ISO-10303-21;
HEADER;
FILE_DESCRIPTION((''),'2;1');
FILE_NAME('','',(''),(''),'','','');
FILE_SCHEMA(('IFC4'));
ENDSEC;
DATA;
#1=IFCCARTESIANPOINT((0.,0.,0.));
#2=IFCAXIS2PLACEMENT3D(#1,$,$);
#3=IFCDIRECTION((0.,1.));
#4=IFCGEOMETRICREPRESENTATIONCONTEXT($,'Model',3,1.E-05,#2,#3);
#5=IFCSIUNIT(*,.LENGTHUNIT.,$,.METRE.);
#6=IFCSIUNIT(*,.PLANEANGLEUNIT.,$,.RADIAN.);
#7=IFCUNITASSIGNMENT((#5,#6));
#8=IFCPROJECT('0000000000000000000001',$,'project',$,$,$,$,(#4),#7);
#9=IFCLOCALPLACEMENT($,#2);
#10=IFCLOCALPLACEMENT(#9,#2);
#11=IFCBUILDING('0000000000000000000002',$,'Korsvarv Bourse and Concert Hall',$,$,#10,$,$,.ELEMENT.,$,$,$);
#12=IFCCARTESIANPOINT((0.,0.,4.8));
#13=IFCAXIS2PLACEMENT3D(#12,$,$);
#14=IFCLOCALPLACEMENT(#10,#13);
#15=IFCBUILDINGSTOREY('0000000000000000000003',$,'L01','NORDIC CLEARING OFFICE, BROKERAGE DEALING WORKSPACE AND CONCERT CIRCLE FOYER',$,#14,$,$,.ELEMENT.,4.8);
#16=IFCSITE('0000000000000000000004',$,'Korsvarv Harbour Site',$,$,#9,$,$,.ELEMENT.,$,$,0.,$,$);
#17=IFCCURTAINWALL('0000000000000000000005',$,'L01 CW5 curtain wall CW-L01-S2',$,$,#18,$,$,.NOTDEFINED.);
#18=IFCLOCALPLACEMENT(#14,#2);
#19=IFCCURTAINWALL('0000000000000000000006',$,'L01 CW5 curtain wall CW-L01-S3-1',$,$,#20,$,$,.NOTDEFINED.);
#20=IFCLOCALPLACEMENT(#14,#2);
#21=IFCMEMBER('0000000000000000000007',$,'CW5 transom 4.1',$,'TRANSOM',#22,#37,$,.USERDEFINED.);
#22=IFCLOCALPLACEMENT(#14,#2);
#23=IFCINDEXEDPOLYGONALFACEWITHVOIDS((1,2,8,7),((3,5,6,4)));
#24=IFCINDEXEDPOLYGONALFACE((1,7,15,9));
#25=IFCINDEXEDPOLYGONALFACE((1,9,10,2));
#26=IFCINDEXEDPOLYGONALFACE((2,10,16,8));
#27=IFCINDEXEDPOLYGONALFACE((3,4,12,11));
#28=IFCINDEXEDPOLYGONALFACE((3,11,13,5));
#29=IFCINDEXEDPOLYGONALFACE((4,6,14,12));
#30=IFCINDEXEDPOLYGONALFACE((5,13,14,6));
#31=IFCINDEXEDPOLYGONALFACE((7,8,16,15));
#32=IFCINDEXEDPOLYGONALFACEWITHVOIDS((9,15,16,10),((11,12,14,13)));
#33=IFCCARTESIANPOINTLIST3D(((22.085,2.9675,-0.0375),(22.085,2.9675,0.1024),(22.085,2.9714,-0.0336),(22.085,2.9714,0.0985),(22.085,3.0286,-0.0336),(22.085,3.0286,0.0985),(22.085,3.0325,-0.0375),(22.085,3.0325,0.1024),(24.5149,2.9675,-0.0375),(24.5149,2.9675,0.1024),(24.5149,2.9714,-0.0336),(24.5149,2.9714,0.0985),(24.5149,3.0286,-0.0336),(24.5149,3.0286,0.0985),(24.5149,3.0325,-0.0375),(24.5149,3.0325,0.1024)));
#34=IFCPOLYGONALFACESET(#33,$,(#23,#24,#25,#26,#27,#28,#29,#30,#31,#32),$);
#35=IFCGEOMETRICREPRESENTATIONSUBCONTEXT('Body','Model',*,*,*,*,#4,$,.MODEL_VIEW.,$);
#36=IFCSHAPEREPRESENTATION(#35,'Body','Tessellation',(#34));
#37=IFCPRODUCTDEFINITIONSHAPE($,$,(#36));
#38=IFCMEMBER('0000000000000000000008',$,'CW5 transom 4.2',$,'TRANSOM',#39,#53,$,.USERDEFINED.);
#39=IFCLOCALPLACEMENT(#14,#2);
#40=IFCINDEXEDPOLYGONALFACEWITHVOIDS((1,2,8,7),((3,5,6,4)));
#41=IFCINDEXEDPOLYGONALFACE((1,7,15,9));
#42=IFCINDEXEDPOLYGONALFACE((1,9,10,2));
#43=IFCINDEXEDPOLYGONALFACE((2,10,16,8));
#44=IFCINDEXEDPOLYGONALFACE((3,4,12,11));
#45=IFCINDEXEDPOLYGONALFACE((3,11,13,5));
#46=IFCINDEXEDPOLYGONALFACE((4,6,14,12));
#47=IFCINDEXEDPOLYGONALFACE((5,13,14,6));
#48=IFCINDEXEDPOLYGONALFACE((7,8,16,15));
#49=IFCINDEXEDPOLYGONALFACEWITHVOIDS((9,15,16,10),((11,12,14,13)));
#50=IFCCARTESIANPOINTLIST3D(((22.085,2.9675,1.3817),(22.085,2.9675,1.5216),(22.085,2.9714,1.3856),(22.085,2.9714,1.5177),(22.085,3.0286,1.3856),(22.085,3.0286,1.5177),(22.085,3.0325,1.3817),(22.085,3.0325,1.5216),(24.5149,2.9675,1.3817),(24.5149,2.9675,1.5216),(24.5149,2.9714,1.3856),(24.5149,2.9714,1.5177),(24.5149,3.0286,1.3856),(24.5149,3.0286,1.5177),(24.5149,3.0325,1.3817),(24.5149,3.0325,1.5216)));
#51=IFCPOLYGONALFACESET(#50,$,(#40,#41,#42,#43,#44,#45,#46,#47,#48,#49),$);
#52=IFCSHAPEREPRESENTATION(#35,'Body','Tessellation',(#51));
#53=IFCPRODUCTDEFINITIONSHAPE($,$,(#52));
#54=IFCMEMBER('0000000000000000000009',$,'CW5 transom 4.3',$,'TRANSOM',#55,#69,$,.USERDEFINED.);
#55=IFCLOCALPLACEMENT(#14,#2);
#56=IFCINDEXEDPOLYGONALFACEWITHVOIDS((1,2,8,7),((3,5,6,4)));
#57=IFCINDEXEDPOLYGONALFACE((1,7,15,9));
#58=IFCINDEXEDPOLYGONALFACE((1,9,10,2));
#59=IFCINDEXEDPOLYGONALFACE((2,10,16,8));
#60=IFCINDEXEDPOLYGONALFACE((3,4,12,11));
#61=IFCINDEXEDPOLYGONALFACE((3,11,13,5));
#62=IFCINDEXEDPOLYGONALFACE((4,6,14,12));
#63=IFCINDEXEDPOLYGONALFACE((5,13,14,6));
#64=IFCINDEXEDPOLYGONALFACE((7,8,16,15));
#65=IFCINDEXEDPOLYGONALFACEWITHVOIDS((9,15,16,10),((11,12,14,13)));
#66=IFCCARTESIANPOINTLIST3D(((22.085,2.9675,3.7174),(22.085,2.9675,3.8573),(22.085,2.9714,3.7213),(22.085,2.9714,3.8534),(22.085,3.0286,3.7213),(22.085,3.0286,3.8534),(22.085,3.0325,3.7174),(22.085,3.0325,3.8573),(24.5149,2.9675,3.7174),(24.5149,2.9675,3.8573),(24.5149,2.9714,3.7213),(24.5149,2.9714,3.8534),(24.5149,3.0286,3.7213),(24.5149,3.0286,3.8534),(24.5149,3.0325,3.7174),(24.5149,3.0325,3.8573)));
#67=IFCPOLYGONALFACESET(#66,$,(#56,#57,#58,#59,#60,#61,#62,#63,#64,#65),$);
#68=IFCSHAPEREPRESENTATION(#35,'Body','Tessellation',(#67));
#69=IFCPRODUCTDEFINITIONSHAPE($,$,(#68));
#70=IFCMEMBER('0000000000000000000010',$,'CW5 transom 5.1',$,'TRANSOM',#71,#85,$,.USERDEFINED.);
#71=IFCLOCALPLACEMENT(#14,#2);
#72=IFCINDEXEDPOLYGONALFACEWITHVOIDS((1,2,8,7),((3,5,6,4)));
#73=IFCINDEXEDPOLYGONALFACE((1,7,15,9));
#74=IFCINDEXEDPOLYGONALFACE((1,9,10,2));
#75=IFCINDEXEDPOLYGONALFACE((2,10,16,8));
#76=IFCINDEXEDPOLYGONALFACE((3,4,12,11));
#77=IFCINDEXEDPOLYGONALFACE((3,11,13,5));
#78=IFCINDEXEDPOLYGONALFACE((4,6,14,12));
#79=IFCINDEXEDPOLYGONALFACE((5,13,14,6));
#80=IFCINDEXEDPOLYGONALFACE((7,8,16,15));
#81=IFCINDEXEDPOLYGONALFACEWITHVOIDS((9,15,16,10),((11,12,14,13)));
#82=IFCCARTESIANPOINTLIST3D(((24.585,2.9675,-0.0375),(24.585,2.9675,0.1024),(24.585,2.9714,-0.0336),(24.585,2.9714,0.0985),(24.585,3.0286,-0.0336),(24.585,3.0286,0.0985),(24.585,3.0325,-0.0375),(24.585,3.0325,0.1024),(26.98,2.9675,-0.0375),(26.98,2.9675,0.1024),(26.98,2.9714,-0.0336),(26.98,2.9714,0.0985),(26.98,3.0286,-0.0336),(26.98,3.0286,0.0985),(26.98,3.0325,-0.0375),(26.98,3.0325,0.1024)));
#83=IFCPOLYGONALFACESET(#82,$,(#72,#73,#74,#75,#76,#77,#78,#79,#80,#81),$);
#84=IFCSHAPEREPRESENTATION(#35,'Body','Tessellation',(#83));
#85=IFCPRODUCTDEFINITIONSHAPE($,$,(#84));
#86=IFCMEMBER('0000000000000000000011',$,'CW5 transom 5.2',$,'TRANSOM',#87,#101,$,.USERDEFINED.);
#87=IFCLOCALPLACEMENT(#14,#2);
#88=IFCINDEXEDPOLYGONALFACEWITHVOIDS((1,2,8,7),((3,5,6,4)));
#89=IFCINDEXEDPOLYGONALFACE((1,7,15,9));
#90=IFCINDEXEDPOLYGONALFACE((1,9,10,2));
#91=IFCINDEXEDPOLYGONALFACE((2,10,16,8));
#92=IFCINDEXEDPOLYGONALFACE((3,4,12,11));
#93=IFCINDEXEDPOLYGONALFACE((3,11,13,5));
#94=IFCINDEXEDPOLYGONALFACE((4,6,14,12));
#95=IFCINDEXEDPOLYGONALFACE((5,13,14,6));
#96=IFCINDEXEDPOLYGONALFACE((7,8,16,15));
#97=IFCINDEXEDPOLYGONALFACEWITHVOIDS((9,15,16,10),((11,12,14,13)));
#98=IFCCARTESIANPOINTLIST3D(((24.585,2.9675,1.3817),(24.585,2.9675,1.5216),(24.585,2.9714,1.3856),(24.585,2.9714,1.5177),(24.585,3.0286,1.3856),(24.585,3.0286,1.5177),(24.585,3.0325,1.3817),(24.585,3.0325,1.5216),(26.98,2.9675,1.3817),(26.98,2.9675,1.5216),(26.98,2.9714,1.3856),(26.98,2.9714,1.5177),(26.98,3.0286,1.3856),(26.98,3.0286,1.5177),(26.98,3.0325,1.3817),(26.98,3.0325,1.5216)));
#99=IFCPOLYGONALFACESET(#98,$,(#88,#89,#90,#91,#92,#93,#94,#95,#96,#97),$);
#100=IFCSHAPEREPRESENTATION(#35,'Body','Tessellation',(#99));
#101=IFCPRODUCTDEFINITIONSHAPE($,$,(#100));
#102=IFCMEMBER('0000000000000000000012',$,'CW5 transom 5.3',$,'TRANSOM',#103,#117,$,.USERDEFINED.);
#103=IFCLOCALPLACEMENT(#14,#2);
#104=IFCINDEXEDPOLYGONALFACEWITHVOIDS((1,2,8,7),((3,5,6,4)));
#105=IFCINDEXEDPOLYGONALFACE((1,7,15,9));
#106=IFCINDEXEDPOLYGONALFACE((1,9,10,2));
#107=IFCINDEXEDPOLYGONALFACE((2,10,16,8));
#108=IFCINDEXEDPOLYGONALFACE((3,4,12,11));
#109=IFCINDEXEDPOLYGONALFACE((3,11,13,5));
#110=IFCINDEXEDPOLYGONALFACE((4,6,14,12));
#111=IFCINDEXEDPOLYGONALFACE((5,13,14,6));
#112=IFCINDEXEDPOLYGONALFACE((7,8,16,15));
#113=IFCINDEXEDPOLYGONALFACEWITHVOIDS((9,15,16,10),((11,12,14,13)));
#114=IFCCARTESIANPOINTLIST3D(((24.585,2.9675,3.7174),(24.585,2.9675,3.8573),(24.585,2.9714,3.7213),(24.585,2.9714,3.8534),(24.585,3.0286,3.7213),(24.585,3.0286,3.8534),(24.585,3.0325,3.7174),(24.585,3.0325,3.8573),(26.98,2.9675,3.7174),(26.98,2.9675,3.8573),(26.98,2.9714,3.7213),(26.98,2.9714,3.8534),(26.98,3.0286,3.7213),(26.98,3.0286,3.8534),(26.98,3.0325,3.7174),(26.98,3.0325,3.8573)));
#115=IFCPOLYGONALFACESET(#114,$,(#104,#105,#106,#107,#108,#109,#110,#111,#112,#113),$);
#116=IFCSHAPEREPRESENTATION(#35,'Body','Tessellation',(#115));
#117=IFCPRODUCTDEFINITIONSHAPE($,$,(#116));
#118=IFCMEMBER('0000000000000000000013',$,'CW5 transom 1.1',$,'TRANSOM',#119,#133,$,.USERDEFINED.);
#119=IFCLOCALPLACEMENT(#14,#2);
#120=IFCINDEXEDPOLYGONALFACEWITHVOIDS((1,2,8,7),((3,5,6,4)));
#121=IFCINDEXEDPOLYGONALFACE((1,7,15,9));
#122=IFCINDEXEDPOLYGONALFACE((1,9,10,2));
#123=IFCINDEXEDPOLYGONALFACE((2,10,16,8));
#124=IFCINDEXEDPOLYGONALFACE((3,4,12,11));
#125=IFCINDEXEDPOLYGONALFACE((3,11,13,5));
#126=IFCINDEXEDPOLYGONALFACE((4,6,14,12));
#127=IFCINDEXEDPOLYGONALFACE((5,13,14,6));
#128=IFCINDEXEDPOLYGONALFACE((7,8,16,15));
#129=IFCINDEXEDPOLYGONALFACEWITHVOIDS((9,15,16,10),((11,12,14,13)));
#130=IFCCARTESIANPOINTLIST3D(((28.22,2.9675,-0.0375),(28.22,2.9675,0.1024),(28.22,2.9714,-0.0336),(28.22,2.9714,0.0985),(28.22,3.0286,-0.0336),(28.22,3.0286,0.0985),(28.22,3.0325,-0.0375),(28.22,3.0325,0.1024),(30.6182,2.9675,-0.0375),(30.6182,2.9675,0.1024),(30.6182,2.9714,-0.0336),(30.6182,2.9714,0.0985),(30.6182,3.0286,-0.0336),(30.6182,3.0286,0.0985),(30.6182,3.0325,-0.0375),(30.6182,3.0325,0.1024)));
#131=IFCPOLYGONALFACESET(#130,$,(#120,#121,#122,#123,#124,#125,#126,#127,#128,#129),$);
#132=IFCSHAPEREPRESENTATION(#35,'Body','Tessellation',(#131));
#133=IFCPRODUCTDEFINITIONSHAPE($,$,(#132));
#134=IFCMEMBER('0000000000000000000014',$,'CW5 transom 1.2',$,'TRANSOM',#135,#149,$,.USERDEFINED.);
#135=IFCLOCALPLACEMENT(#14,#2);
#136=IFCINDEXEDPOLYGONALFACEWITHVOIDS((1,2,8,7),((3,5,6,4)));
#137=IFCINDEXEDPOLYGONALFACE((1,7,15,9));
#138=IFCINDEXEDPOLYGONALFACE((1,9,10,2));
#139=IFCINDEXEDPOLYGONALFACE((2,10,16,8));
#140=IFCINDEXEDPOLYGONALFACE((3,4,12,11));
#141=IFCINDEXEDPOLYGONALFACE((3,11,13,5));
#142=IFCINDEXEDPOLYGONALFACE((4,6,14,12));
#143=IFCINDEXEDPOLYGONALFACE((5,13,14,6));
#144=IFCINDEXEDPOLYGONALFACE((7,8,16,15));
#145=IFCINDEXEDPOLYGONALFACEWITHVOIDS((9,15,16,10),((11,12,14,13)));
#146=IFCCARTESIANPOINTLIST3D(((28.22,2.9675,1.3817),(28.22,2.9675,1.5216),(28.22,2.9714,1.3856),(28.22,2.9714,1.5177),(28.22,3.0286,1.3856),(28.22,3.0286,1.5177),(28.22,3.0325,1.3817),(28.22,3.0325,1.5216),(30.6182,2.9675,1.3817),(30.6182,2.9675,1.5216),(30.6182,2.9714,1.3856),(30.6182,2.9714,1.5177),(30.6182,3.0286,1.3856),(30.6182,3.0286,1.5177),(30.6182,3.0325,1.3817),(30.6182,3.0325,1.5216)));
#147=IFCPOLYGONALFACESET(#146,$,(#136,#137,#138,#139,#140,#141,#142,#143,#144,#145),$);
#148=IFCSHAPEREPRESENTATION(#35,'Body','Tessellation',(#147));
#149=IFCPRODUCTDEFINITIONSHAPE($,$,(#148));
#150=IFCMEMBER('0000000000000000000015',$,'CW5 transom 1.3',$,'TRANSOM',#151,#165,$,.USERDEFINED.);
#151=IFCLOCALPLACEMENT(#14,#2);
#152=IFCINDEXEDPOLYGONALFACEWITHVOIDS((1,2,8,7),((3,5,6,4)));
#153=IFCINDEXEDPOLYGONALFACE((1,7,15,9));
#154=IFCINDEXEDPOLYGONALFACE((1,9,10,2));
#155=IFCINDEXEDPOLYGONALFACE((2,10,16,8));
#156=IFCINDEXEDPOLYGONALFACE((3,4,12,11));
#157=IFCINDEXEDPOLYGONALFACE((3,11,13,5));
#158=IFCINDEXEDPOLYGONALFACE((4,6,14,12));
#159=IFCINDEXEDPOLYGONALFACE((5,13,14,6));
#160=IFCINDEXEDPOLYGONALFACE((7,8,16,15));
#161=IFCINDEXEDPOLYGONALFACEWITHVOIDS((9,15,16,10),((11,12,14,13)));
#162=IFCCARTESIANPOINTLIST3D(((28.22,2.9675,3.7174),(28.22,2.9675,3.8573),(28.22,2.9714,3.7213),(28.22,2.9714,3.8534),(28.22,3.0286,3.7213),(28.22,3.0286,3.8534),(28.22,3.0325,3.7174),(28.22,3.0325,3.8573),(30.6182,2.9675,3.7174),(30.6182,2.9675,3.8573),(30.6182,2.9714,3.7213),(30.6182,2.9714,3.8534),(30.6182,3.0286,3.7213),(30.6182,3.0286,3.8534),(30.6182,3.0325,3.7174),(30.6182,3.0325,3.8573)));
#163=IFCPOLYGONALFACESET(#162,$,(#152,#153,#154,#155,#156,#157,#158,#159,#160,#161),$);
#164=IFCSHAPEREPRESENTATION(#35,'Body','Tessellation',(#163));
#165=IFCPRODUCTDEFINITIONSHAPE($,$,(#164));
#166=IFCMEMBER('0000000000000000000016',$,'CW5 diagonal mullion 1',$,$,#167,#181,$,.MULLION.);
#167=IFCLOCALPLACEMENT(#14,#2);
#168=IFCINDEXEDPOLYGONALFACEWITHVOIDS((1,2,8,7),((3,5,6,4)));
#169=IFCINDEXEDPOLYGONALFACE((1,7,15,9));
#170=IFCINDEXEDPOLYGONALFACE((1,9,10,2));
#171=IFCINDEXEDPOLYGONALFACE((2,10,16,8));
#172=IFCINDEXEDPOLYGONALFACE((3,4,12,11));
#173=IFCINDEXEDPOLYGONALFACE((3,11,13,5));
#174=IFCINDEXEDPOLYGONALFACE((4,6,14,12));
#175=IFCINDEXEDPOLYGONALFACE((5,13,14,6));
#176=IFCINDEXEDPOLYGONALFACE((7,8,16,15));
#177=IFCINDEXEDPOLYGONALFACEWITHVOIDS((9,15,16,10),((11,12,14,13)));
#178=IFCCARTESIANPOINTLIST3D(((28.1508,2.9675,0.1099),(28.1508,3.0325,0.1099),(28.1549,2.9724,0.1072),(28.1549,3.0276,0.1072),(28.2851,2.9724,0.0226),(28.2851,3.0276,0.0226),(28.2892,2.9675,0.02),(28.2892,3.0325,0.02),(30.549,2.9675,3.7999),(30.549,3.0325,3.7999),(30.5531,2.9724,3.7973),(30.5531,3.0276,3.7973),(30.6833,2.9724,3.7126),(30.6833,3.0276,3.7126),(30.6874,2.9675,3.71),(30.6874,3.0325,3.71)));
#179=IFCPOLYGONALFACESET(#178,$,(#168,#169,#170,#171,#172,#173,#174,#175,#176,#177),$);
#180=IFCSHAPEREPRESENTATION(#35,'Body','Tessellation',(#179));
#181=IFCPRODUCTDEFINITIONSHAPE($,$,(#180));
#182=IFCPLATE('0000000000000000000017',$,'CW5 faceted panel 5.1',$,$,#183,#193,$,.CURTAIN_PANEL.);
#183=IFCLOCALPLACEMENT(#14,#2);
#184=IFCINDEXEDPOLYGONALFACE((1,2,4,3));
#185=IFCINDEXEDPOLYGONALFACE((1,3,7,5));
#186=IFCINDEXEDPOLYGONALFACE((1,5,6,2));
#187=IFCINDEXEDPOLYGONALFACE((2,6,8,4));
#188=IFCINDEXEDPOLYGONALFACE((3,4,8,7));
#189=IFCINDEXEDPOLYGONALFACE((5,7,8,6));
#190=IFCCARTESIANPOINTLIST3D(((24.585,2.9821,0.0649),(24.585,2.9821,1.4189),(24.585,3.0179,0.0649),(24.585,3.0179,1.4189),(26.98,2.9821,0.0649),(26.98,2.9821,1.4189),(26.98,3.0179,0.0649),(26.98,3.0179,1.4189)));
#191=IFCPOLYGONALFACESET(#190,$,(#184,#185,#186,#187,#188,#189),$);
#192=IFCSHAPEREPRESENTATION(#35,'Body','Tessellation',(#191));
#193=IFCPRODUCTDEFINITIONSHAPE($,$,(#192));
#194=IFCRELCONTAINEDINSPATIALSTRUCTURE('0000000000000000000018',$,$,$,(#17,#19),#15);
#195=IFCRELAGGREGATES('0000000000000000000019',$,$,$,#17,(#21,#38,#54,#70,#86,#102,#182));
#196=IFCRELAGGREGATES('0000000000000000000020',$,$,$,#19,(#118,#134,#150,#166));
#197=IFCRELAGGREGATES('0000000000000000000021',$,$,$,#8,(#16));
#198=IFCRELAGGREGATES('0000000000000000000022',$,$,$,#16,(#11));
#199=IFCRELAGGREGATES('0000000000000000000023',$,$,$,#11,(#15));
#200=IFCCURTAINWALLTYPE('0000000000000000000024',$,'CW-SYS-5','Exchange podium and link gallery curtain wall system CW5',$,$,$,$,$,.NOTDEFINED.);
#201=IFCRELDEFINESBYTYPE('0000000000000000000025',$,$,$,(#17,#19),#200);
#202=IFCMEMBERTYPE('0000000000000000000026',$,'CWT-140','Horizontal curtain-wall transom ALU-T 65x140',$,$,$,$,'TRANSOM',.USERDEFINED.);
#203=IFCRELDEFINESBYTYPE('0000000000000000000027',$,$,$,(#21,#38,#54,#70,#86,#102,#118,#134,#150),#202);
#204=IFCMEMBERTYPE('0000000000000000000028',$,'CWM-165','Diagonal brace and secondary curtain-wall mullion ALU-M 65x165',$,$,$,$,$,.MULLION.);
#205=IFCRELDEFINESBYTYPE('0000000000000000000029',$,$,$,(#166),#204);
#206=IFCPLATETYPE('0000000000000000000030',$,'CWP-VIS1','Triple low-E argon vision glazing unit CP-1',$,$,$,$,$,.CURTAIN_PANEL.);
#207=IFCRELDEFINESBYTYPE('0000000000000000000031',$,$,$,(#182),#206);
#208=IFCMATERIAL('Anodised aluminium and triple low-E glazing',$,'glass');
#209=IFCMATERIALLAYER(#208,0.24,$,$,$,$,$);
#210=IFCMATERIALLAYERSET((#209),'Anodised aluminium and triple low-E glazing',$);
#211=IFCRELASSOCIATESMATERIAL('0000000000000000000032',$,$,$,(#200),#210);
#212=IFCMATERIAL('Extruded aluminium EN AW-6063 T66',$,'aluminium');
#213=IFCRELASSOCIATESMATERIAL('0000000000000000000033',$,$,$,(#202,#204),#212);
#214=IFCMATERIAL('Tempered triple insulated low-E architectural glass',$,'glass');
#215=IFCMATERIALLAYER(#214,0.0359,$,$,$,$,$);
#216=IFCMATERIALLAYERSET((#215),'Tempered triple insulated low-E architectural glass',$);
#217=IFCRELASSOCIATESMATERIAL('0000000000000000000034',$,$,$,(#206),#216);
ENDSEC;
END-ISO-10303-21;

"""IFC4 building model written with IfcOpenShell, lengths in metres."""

from ifc_helpers import new_model, si_unit, direction, frame, origin, origin_2d, place, context, subcontext, project, spatial, rectangle, hollow_rectangle, extrude, source, transform, mapped, material, layer, layer_set, material_profile, profile_set, type_object, element, aggregate, save


model = new_model("IFC4")

# Units and contexts
model_context = context("Model", 3, precision=1e-05, world=origin(), true_north=direction((0.0, 1.0)))
body_context = subcontext(model_context, "Body", "Model", "MODEL_VIEW")
ifc_project = project(units=[si_unit("LENGTHUNIT", "METRE"), si_unit("PLANEANGLEUNIT", "RADIAN")], contexts=[model_context])

# Site, building, storey
site_placement = place(None, origin())
site = spatial("IfcSite", under=ifc_project, at=site_placement, Name="Korsvarv Harbour Site", CompositionType="ELEMENT", RefElevation=0.0)
building_placement = place(site_placement, origin())
building = spatial("IfcBuilding", under=site, at=building_placement, Name="Korsvarv Bourse and Concert Hall", CompositionType="ELEMENT")
storey_placement = place(building_placement, frame((0.0, 0.0, 4.8)))
storey = spatial("IfcBuildingStorey", under=building, at=storey_placement, Name="L01", Description="NORDIC CLEARING OFFICE, BROKERAGE DEALING WORKSPACE AND CONCERT CIRCLE FOYER", CompositionType="ELEMENT", Elevation=4.8)

# Curtain wall
ifc_material_1 = material(Name="Anodised aluminium and triple low-E glazing", Category="glass")
ifc_layer_1 = layer(ifc_material_1, 0.24)
ifc_layer_set_1 = layer_set([ifc_layer_1], Name="Anodised aluminium and triple low-E glazing")
curtain_wall_type = type_object("IfcCurtainWallType", Name="CW-SYS-5", Description="Exchange podium and link gallery curtain wall system CW5", PredefinedType="NOTDEFINED", material=ifc_layer_set_1)
curtain_wall_1_placement = place(storey_placement, origin())
curtain_wall_1 = element("IfcCurtainWall", 1, at=curtain_wall_1_placement, inside=storey, type_object=curtain_wall_type, Name="L01 CW5 curtain wall CW-L01-S2", PredefinedType="NOTDEFINED")
ifc_material_2 = material(Name="Extruded aluminium EN AW-6063 T66", Category="aluminium")

# Curtain wall
curtain_wall_2_placement = place(storey_placement, origin())
curtain_wall_2 = element("IfcCurtainWall", 2, at=curtain_wall_2_placement, inside=storey, type_object=curtain_wall_type, Name="L01 CW5 curtain wall CW-L01-S3-1", PredefinedType="NOTDEFINED")

# Members
ifc_material_profile_1 = material_profile(ifc_material_2, hollow_rectangle(XDim=0.0649, YDim=0.1399, WallThickness=0.0039, at=origin_2d()), Name="ALU-T 65x140")
ifc_profile_set_1 = profile_set([ifc_material_profile_1], Name="Extruded aluminium EN AW-6063 T66")
member_type_1 = type_object("IfcMemberType", Name="CWT-140", Description="Horizontal curtain-wall transom ALU-T 65x140", ElementType="TRANSOM", PredefinedType="USERDEFINED", material=ifc_profile_set_1)
shared_shape_1 = source(origin(), body_context, "Body", "SweptSolid", [
    extrude(hollow_rectangle(XDim=0.0649, YDim=0.1399, WallThickness=0.0039, at=origin_2d()), origin(), (0.0, 0.0, 1.0), 2.4299),
])
member_1_placement = place(storey_placement, frame((22.085, 3.0, 0.0325), z_axis=(1.0, 0.0, 0.0), x_axis=(0.0, 1.0, 0.0)))
member_1 = element("IfcMember", 3, at=member_1_placement, type_object=member_type_1, Name="CW5 transom 4.1", ObjectType="TRANSOM", PredefinedType="USERDEFINED", context=body_context, shape_type="MappedRepresentation", body=[
    mapped(shared_shape_1, transform((0.0, 0.0, 0.0), scale=1.0)),
])
member_2_placement = place(storey_placement, frame((22.085, 3.0, 1.4517), z_axis=(1.0, 0.0, 0.0), x_axis=(0.0, 1.0, 0.0)))
member_2 = element("IfcMember", 4, at=member_2_placement, type_object=member_type_1, Name="CW5 transom 4.2", ObjectType="TRANSOM", PredefinedType="USERDEFINED", context=body_context, shape_type="MappedRepresentation", body=[
    mapped(shared_shape_1, transform((0.0, 0.0, 0.0), scale=1.0)),
])
member_3_placement = place(storey_placement, frame((22.085, 3.0, 3.7874), z_axis=(1.0, 0.0, 0.0), x_axis=(0.0, 1.0, 0.0)))
member_3 = element("IfcMember", 5, at=member_3_placement, type_object=member_type_1, Name="CW5 transom 4.3", ObjectType="TRANSOM", PredefinedType="USERDEFINED", context=body_context, shape_type="MappedRepresentation", body=[
    mapped(shared_shape_1, transform((0.0, 0.0, 0.0), scale=1.0)),
])
shared_shape_2 = source(origin(), body_context, "Body", "SweptSolid", [
    extrude(hollow_rectangle(XDim=0.0649, YDim=0.1399, WallThickness=0.0039, at=origin_2d()), origin(), (0.0, 0.0, 1.0), 2.395),
])
member_4_placement = place(storey_placement, frame((24.585, 3.0, 0.0325), z_axis=(1.0, 0.0, 0.0), x_axis=(0.0, 1.0, 0.0)))
member_4 = element("IfcMember", 6, at=member_4_placement, type_object=member_type_1, Name="CW5 transom 5.1", ObjectType="TRANSOM", PredefinedType="USERDEFINED", context=body_context, shape_type="MappedRepresentation", body=[
    mapped(shared_shape_2, transform((0.0, 0.0, 0.0), scale=1.0)),
])
member_5_placement = place(storey_placement, frame((24.585, 3.0, 1.4517), z_axis=(1.0, 0.0, 0.0), x_axis=(0.0, 1.0, 0.0)))
member_5 = element("IfcMember", 7, at=member_5_placement, type_object=member_type_1, Name="CW5 transom 5.2", ObjectType="TRANSOM", PredefinedType="USERDEFINED", context=body_context, shape_type="MappedRepresentation", body=[
    mapped(shared_shape_2, transform((0.0, 0.0, 0.0), scale=1.0)),
])
member_6_placement = place(storey_placement, frame((24.585, 3.0, 3.7874), z_axis=(1.0, 0.0, 0.0), x_axis=(0.0, 1.0, 0.0)))
member_6 = element("IfcMember", 8, at=member_6_placement, type_object=member_type_1, Name="CW5 transom 5.3", ObjectType="TRANSOM", PredefinedType="USERDEFINED", context=body_context, shape_type="MappedRepresentation", body=[
    mapped(shared_shape_2, transform((0.0, 0.0, 0.0), scale=1.0)),
])
shared_shape_3 = source(origin(), body_context, "Body", "SweptSolid", [
    extrude(hollow_rectangle(XDim=0.0649, YDim=0.1399, WallThickness=0.0039, at=origin_2d()), origin(), (0.0, 0.0, 1.0), 2.3982),
])
member_7_placement = place(storey_placement, frame((28.22, 3.0, 0.0325), z_axis=(1.0, 0.0, 0.0), x_axis=(0.0, 1.0, 0.0)))
member_7 = element("IfcMember", 9, at=member_7_placement, type_object=member_type_1, Name="CW5 transom 1.1", ObjectType="TRANSOM", PredefinedType="USERDEFINED", context=body_context, shape_type="MappedRepresentation", body=[
    mapped(shared_shape_3, transform((0.0, 0.0, 0.0), scale=1.0)),
])
member_8_placement = place(storey_placement, frame((28.22, 3.0, 1.4517), z_axis=(1.0, 0.0, 0.0), x_axis=(0.0, 1.0, 0.0)))
member_8 = element("IfcMember", 10, at=member_8_placement, type_object=member_type_1, Name="CW5 transom 1.2", ObjectType="TRANSOM", PredefinedType="USERDEFINED", context=body_context, shape_type="MappedRepresentation", body=[
    mapped(shared_shape_3, transform((0.0, 0.0, 0.0), scale=1.0)),
])
member_9_placement = place(storey_placement, frame((28.22, 3.0, 3.7874), z_axis=(1.0, 0.0, 0.0), x_axis=(0.0, 1.0, 0.0)))
member_9 = element("IfcMember", 11, at=member_9_placement, type_object=member_type_1, Name="CW5 transom 1.3", ObjectType="TRANSOM", PredefinedType="USERDEFINED", context=body_context, shape_type="MappedRepresentation", body=[
    mapped(shared_shape_3, transform((0.0, 0.0, 0.0), scale=1.0)),
])
ifc_material_profile_2 = material_profile(ifc_material_2, hollow_rectangle(XDim=0.0649, YDim=0.165, WallThickness=0.0049, at=origin_2d()), Name="ALU-M 65x165")
ifc_profile_set_2 = profile_set([ifc_material_profile_2], Name="Extruded aluminium EN AW-6063 T66")
member_type_2 = type_object("IfcMemberType", Name="CWM-165", Description="Diagonal brace and secondary curtain-wall mullion ALU-M 65x165", PredefinedType="MULLION", material=ifc_profile_set_2)
shared_shape_4 = source(origin(), body_context, "Body", "SweptSolid", [
    extrude(hollow_rectangle(XDim=0.0649, YDim=0.165, WallThickness=0.0049, at=origin_2d()), origin(), (0.0, 0.0, 1.0), 4.4009),
])
member_10_placement = place(storey_placement, frame((28.22, 3.0, 0.0649), z_axis=(0.544945, 0.0, 0.838471), x_axis=(0.0, 1.0, 0.0)))
member_10 = element("IfcMember", 12, at=member_10_placement, type_object=member_type_2, Name="CW5 diagonal mullion 1", PredefinedType="MULLION", context=body_context, shape_type="MappedRepresentation", body=[
    mapped(shared_shape_4, transform((0.0, 0.0, 0.0), scale=1.0)),
])

# Plate
ifc_material_3 = material(Name="Tempered triple insulated low-E architectural glass", Category="glass")
ifc_layer_2 = layer(ifc_material_3, 0.0359)
ifc_layer_set_2 = layer_set([ifc_layer_2], Name="Tempered triple insulated low-E architectural glass")
plate_type_1 = type_object("IfcPlateType", Name="CWP-VIS1", Description="Triple low-E argon vision glazing unit CP-1", PredefinedType="CURTAIN_PANEL", material=ifc_layer_set_2)
shared_shape_5 = source(origin(), body_context, "Body", "SweptSolid", [
    extrude(rectangle(XDim=2.395, YDim=0.0359, at=origin_2d()), origin(), (0.0, 0.0, 1.0), 1.354),
])
plate_1_placement = place(storey_placement, frame((25.7825, 3.0, 0.0649), z_axis=(0.0, 0.0, 1.0), x_axis=(1.0, 0.0, 0.0)))
plate_1 = element("IfcPlate", 13, at=plate_1_placement, type_object=plate_type_1, Name="CW5 faceted panel 5.1", PredefinedType="CURTAIN_PANEL", context=body_context, shape_type="MappedRepresentation", body=[
    mapped(shared_shape_5, transform((0.0, 0.0, 0.0), scale=1.0)),
])
aggregate(curtain_wall_1, [member_1, member_2, member_3, member_4, member_5, member_6, plate_1])
aggregate(curtain_wall_2, [member_7, member_8, member_9, member_10])

save(model, "model.ifc")
